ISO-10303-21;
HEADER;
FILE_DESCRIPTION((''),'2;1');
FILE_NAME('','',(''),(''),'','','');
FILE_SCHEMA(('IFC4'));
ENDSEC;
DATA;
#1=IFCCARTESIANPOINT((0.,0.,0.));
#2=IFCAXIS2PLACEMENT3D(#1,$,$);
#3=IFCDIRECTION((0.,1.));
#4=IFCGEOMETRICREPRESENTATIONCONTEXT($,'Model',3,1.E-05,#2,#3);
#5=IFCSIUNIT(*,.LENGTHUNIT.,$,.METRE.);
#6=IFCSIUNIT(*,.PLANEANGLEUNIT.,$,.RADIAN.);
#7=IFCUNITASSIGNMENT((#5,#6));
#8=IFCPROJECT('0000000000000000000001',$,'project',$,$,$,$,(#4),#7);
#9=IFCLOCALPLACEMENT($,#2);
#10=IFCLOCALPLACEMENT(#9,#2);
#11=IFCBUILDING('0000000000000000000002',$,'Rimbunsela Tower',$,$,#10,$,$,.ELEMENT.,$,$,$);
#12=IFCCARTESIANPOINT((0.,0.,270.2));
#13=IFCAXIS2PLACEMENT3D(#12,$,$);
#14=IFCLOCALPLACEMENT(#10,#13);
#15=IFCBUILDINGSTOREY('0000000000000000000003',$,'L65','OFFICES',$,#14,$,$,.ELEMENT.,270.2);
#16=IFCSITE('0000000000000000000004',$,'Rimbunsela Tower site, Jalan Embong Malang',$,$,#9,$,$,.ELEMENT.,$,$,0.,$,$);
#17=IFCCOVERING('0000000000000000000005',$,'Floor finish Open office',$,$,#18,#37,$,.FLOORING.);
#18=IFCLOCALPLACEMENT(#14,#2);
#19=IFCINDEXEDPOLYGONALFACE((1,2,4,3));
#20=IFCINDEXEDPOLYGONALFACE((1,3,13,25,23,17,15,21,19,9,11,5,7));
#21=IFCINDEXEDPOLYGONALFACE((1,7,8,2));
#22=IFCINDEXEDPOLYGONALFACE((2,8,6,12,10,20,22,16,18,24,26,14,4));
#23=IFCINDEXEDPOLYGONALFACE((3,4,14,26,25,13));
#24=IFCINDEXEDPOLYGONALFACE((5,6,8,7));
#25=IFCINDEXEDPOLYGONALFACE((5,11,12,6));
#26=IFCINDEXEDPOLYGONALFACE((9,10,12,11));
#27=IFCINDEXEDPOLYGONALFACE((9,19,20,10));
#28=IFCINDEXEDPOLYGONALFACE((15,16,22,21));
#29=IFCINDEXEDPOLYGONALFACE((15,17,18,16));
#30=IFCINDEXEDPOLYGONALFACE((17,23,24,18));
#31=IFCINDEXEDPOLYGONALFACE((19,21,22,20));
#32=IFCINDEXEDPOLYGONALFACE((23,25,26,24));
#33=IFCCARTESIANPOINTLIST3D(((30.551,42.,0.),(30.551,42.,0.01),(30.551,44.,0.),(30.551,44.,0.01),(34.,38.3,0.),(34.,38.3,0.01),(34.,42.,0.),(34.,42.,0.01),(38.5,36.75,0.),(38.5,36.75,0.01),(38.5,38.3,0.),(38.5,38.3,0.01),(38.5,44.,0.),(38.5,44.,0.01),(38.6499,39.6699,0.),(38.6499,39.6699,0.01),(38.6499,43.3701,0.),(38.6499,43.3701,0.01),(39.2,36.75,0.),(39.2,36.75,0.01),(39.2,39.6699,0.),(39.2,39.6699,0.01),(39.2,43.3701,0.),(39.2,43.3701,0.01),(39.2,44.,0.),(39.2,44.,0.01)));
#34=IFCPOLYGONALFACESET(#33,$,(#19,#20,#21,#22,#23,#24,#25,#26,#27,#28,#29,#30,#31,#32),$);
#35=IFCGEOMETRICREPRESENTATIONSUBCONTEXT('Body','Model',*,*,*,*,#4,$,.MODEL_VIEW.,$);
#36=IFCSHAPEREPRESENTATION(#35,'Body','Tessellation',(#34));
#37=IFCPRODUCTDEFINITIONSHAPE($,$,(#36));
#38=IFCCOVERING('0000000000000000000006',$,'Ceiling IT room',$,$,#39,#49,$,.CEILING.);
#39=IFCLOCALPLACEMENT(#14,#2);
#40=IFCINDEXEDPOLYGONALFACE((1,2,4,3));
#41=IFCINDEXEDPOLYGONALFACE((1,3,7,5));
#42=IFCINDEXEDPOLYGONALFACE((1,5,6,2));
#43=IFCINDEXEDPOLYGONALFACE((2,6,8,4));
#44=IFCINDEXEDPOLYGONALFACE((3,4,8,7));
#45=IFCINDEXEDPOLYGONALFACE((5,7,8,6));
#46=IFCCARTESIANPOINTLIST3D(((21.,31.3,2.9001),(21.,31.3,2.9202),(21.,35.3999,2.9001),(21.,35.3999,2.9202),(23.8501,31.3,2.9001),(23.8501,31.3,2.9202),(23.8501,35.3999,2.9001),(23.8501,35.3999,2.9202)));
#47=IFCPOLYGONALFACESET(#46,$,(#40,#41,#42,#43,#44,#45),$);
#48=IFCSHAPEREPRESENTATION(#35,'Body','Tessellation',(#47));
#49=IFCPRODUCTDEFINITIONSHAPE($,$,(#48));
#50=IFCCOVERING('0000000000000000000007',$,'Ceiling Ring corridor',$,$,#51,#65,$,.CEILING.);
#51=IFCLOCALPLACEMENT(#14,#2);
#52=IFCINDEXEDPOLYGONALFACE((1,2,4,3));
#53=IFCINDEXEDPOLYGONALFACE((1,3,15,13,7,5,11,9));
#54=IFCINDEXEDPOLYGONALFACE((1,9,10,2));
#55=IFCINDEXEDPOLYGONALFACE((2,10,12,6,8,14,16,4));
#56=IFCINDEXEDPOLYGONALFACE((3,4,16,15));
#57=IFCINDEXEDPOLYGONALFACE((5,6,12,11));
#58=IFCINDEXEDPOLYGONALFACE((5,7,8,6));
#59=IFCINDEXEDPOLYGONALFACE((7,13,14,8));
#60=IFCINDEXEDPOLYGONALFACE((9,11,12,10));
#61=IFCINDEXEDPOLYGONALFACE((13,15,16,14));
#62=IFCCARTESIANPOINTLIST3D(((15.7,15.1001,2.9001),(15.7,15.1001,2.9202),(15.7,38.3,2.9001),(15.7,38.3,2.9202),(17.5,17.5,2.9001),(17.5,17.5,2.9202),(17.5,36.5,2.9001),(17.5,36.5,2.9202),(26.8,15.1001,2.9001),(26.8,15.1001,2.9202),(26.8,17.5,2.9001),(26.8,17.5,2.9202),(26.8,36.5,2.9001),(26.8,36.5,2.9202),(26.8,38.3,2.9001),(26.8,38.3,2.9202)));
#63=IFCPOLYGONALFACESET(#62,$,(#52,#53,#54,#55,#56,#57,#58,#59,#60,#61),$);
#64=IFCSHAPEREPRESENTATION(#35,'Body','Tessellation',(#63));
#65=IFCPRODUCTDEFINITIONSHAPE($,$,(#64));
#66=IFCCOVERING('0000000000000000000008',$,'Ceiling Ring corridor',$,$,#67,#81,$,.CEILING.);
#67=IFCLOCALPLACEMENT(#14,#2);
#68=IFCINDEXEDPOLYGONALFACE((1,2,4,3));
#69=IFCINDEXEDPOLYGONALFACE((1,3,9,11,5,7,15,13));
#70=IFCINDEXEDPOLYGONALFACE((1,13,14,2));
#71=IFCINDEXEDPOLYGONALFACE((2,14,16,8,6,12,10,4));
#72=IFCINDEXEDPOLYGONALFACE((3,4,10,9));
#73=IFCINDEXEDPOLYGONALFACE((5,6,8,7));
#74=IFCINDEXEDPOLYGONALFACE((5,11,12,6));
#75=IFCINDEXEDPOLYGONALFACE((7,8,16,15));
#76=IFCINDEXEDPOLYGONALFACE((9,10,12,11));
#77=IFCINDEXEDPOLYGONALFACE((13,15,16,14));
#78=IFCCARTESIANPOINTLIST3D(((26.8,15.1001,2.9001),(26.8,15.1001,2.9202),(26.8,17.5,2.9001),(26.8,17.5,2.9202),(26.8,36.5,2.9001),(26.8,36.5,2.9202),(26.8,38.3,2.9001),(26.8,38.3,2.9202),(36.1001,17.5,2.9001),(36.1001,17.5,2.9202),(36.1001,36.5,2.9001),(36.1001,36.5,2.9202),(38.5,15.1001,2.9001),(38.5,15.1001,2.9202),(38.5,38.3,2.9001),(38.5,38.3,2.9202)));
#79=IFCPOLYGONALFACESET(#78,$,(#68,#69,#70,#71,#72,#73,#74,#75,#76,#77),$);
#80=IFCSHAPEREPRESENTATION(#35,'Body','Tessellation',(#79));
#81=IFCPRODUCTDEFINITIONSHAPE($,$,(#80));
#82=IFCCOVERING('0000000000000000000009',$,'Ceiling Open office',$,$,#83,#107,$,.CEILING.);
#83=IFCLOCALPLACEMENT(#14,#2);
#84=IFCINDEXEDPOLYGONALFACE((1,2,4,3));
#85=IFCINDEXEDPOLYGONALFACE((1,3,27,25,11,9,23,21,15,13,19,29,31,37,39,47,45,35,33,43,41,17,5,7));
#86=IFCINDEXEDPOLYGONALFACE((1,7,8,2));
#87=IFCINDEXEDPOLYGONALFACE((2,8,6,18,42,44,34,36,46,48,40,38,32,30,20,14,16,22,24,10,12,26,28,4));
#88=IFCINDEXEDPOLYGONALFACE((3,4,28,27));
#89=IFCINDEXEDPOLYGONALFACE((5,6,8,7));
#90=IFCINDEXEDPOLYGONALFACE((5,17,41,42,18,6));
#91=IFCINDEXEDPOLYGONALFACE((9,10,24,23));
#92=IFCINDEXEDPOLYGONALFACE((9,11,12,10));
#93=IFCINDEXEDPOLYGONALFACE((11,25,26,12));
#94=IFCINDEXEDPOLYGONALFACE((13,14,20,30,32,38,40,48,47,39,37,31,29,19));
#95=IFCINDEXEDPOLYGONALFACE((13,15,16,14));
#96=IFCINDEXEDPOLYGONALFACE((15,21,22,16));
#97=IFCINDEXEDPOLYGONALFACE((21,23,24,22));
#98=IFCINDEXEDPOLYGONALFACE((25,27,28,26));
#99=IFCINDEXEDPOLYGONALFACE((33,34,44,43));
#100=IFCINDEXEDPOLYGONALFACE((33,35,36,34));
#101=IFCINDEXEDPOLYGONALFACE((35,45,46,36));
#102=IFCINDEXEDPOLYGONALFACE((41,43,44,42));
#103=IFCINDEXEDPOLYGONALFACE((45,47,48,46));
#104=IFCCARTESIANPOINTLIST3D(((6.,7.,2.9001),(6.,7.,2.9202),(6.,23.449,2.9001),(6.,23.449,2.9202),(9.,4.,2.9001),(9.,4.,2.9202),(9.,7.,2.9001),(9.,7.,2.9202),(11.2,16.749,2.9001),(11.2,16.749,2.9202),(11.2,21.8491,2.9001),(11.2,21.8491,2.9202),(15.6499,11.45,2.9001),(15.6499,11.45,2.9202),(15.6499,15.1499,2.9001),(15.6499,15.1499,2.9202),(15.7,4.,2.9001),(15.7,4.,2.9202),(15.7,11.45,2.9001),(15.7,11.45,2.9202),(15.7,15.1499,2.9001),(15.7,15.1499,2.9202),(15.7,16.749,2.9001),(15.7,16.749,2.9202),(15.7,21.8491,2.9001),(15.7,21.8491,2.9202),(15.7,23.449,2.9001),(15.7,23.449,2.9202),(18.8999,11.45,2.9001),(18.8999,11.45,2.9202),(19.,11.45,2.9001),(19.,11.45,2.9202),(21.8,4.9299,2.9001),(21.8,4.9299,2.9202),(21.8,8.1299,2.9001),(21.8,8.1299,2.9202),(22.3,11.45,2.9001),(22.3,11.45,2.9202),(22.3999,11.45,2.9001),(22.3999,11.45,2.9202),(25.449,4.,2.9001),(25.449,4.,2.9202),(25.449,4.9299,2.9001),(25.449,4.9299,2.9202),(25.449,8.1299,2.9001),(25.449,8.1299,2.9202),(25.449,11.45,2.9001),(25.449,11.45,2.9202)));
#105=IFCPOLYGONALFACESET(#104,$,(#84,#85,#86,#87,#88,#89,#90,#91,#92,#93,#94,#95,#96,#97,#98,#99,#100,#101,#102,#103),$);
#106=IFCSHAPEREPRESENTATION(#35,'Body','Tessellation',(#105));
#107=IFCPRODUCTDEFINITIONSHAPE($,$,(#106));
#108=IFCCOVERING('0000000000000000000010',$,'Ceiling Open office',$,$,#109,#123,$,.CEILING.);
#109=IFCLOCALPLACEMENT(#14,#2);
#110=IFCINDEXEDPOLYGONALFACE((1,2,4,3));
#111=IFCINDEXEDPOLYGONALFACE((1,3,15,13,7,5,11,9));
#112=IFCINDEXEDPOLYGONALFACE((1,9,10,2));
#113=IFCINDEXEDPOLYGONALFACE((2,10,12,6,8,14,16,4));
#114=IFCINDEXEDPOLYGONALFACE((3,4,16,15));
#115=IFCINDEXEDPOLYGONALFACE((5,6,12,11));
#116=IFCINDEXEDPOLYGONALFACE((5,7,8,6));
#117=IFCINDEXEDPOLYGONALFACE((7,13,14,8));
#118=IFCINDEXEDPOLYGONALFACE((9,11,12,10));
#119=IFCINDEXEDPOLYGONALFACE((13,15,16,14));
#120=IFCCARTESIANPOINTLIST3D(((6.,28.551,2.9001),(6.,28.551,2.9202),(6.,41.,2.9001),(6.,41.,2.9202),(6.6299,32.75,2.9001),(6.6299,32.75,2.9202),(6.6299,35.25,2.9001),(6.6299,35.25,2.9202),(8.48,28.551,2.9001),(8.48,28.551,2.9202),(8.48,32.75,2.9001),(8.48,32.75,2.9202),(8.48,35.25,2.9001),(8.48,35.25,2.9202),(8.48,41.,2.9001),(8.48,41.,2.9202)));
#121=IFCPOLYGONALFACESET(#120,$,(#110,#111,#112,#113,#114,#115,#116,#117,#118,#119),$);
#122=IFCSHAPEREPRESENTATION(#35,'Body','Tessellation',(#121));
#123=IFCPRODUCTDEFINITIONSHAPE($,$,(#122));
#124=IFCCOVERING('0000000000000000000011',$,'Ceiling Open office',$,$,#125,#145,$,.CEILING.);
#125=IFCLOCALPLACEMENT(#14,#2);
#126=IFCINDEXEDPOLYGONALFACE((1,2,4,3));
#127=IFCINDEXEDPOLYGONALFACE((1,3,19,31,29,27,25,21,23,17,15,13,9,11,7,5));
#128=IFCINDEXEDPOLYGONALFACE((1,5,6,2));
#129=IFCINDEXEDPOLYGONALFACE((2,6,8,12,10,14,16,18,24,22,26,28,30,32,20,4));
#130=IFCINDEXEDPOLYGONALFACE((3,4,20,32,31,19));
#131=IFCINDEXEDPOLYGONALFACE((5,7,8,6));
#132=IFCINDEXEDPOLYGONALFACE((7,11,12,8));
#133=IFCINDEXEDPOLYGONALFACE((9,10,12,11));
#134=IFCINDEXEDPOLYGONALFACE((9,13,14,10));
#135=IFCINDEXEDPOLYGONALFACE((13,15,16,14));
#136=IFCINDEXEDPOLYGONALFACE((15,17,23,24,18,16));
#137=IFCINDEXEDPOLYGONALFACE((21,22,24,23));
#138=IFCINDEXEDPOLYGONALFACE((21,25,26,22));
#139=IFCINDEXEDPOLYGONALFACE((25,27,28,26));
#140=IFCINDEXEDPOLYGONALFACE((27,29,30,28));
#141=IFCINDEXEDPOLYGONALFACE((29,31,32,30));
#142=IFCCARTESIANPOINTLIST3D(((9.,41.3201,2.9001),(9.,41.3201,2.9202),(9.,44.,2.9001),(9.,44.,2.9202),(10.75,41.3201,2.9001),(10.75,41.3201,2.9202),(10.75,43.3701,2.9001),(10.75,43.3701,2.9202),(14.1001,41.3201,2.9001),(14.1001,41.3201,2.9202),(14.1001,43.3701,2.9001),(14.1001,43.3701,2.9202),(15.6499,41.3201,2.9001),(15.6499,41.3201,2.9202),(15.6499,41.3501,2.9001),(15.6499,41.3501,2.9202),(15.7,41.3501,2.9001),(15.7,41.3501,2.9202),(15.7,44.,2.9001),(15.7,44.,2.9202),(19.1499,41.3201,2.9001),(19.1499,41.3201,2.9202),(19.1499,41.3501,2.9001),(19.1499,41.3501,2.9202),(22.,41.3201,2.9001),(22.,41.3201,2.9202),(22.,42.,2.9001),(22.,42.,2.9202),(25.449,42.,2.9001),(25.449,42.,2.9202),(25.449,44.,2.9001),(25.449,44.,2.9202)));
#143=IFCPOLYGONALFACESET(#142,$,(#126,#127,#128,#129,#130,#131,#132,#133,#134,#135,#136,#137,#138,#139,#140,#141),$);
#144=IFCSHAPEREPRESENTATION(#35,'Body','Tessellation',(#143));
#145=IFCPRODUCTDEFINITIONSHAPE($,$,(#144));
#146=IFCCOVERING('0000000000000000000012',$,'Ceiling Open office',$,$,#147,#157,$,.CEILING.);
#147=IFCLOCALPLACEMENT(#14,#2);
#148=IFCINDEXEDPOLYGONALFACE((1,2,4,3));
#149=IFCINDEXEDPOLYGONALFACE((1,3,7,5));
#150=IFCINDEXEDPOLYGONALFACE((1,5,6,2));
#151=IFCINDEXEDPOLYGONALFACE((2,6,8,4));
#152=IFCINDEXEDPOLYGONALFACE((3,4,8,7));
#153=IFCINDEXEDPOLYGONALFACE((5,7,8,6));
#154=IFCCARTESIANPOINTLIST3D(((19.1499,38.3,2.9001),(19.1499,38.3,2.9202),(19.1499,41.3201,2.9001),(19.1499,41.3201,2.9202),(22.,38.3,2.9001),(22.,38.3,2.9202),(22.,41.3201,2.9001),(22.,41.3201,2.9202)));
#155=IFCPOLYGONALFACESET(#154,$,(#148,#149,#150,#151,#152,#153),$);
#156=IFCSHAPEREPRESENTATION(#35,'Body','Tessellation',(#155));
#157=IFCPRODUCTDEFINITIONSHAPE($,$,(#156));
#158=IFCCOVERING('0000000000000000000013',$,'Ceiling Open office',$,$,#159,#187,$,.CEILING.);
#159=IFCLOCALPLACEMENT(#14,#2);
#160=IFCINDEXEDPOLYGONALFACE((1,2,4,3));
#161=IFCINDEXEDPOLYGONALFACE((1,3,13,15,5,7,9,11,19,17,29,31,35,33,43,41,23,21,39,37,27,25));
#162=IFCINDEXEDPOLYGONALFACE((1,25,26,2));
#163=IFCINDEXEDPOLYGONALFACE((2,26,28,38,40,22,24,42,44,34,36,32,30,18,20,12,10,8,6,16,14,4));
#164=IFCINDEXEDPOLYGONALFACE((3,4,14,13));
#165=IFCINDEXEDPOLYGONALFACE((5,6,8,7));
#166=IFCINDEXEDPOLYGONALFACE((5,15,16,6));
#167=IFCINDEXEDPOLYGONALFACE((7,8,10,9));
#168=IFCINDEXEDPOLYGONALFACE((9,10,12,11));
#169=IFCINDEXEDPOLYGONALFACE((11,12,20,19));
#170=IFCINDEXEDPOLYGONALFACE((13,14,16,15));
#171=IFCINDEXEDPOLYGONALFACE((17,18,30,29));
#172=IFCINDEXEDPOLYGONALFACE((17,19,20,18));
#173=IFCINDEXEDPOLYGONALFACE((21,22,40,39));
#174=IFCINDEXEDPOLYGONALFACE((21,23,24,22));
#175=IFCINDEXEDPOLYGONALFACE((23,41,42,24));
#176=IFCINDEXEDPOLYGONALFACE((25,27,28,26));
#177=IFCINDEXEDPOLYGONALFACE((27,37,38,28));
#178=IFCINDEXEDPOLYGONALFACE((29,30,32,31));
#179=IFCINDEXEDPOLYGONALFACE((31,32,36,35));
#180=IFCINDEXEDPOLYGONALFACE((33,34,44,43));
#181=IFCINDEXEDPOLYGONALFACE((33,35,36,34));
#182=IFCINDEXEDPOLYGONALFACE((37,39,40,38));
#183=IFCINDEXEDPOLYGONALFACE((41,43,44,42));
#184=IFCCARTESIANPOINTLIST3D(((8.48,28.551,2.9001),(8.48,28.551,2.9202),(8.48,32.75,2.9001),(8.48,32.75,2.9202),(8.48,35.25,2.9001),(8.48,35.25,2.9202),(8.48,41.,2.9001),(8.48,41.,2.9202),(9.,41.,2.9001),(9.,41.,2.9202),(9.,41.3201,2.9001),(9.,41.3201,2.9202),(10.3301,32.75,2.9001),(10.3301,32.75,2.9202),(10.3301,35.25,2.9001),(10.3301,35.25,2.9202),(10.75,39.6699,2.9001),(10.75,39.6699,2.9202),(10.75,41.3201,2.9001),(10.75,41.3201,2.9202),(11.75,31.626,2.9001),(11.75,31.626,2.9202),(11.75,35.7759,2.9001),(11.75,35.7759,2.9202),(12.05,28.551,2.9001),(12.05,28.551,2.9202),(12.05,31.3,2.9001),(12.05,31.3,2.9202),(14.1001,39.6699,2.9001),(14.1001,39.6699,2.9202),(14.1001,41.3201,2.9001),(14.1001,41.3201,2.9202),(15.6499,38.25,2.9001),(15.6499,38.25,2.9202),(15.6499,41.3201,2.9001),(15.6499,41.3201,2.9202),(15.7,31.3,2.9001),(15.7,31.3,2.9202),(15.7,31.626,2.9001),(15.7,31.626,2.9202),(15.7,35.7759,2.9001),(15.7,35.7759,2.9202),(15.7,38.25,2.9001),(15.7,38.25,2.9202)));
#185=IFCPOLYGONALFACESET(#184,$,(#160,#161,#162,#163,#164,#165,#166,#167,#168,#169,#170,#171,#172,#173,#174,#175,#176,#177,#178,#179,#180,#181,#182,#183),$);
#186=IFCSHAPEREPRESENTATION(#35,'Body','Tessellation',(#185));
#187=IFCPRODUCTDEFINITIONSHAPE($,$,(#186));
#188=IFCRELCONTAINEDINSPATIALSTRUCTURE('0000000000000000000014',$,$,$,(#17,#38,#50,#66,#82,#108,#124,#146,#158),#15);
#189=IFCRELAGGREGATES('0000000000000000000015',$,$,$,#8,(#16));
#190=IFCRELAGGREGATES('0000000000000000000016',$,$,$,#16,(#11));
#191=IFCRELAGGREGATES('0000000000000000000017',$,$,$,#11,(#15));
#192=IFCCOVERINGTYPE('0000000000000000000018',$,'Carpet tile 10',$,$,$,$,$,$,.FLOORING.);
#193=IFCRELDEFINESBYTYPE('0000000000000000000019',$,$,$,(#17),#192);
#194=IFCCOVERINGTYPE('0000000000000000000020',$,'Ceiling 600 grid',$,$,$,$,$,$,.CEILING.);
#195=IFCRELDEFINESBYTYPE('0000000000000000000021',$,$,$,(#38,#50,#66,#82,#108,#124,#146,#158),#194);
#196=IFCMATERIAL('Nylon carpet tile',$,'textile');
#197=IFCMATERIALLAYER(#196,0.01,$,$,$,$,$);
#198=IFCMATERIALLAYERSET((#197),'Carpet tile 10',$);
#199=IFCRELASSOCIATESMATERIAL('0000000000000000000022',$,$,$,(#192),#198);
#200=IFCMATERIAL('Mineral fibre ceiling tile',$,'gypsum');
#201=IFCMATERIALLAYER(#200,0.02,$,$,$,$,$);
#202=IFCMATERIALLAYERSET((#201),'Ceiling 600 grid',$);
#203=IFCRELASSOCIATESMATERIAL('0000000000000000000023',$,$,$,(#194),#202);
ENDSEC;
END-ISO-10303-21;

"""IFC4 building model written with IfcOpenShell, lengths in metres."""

from ifc_helpers import new_model, si_unit, direction, frame, origin, place, context, subcontext, project, spatial, polyline, outline, extrude, material, layer, layer_set, type_object, element, save


model = new_model("IFC4")

# Units and contexts
model_context = context("Model", 3, precision=1e-05, world=origin(), true_north=direction((0.0, 1.0)))
body_context = subcontext(model_context, "Body", "Model", "MODEL_VIEW")
ifc_project = project(units=[si_unit("LENGTHUNIT", "METRE"), si_unit("PLANEANGLEUNIT", "RADIAN")], contexts=[model_context])

# Site, building, storey
site_placement = place(None, origin())
site = spatial("IfcSite", under=ifc_project, at=site_placement, Name="Rimbunsela Tower site, Jalan Embong Malang", CompositionType="ELEMENT", RefElevation=0.0)
building_placement = place(site_placement, origin())
building = spatial("IfcBuilding", under=site, at=building_placement, Name="Rimbunsela Tower", CompositionType="ELEMENT")
storey_placement = place(building_placement, frame((0.0, 0.0, 270.2)))
storey = spatial("IfcBuildingStorey", under=building, at=storey_placement, Name="L65", Description="OFFICES", CompositionType="ELEMENT", Elevation=270.2)

# Coverings
ifc_material_1 = material(Name="Nylon carpet tile", Category="textile")
ifc_layer_1 = layer(ifc_material_1, 0.01)
ifc_layer_set_1 = layer_set([ifc_layer_1], Name="Carpet tile 10")
covering_type_1 = type_object("IfcCoveringType", Name="Carpet tile 10", PredefinedType="FLOORING", material=ifc_layer_set_1)
covering_1_placement = place(storey_placement, origin())
element("IfcCovering", 1, at=covering_1_placement, inside=storey, type_object=covering_type_1, Name="Floor finish Open office", PredefinedType="FLOORING", context=body_context, shape_type="SweptSolid", body=[
    extrude(outline(polyline([(38.5, 36.75), (38.5, 38.3), (34.0, 38.3), (34.0, 42.0), (30.551, 42.0), (30.551, 44.0), (38.5, 44.0), (39.2, 44.0), (39.2, 43.3701), (38.6499, 43.3701), (38.6499, 39.6699), (39.2, 39.6699), (39.2, 36.75), (38.5, 36.75)])), origin(), (0.0, 0.0, 1.0), 0.01),
])
ifc_material_2 = material(Name="Mineral fibre ceiling tile", Category="gypsum")
ifc_layer_2 = layer(ifc_material_2, 0.02)
ifc_layer_set_2 = layer_set([ifc_layer_2], Name="Ceiling 600 grid")
covering_type_2 = type_object("IfcCoveringType", Name="Ceiling 600 grid", PredefinedType="CEILING", material=ifc_layer_set_2)
covering_2_placement = place(storey_placement, frame((0.0, 0.0, 2.9001)))
element("IfcCovering", 2, at=covering_2_placement, inside=storey, type_object=covering_type_2, Name="Ceiling IT room", PredefinedType="CEILING", context=body_context, shape_type="SweptSolid", body=[
    extrude(outline(polyline([(23.8501, 31.3), (23.8501, 35.3999), (21.0, 35.3999), (21.0, 31.3), (23.8501, 31.3)])), origin(), (0.0, 0.0, 1.0), 0.02),
])
covering_3_placement = place(storey_placement, frame((0.0, 0.0, 2.9001)))
element("IfcCovering", 3, at=covering_3_placement, inside=storey, type_object=covering_type_2, Name="Ceiling Ring corridor", PredefinedType="CEILING", context=body_context, shape_type="SweptSolid", body=[
    extrude(outline(polyline([(15.7, 38.3), (26.8, 38.3), (26.8, 36.5), (17.5, 36.5), (17.5, 17.5), (26.8, 17.5), (26.8, 15.1001), (15.7, 15.1001), (15.7, 38.3)])), origin(), (0.0, 0.0, 1.0), 0.02),
])
covering_4_placement = place(storey_placement, frame((0.0, 0.0, 2.9001)))
element("IfcCovering", 4, at=covering_4_placement, inside=storey, type_object=covering_type_2, Name="Ceiling Ring corridor", PredefinedType="CEILING", context=body_context, shape_type="SweptSolid", body=[
    extrude(outline(polyline([(38.5, 38.3), (38.5, 15.1001), (26.8, 15.1001), (26.8, 17.5), (36.1001, 17.5), (36.1001, 36.5), (26.8, 36.5), (26.8, 38.3), (38.5, 38.3)])), origin(), (0.0, 0.0, 1.0), 0.02),
])
covering_5_placement = place(storey_placement, frame((0.0, 0.0, 2.9001)))
element("IfcCovering", 5, at=covering_5_placement, inside=storey, type_object=covering_type_2, Name="Ceiling Open office", PredefinedType="CEILING", context=body_context, shape_type="SweptSolid", body=[
    extrude(outline(polyline([(25.449, 4.9299), (25.449, 4.0), (15.7, 4.0), (9.0, 4.0), (9.0, 7.0), (6.0, 7.0), (6.0, 23.449), (15.7, 23.449), (15.7, 21.8491), (11.2, 21.8491), (11.2, 16.749), (15.7, 16.749), (15.7, 15.1499), (15.6499, 15.1499), (15.6499, 11.45), (15.7, 11.45), (18.8999, 11.45), (19.0, 11.45), (22.3, 11.45), (22.3999, 11.45), (25.449, 11.45), (25.449, 8.1299), (21.8, 8.1299), (21.8, 4.9299), (25.449, 4.9299)])), origin(), (0.0, 0.0, 1.0), 0.02),
])
covering_6_placement = place(storey_placement, frame((0.0, 0.0, 2.9001)))
element("IfcCovering", 6, at=covering_6_placement, inside=storey, type_object=covering_type_2, Name="Ceiling Open office", PredefinedType="CEILING", context=body_context, shape_type="SweptSolid", body=[
    extrude(outline(polyline([(8.48, 28.551), (6.0, 28.551), (6.0, 41.0), (8.48, 41.0), (8.48, 35.25), (6.6299, 35.25), (6.6299, 32.75), (8.48, 32.75), (8.48, 28.551)])), origin(), (0.0, 0.0, 1.0), 0.02),
])
covering_7_placement = place(storey_placement, frame((0.0, 0.0, 2.9001)))
element("IfcCovering", 7, at=covering_7_placement, inside=storey, type_object=covering_type_2, Name="Ceiling Open office", PredefinedType="CEILING", context=body_context, shape_type="SweptSolid", body=[
    extrude(outline(polyline([(9.0, 41.3201), (9.0, 44.0), (15.7, 44.0), (25.449, 44.0), (25.449, 42.0), (22.0, 42.0), (22.0, 41.3201), (19.1499, 41.3201), (19.1499, 41.3501), (15.7, 41.3501), (15.6499, 41.3501), (15.6499, 41.3201), (14.1001, 41.3201), (14.1001, 43.3701), (10.75, 43.3701), (10.75, 41.3201), (9.0, 41.3201)])), origin(), (0.0, 0.0, 1.0), 0.02),
])
covering_8_placement = place(storey_placement, frame((0.0, 0.0, 2.9001)))
element("IfcCovering", 8, at=covering_8_placement, inside=storey, type_object=covering_type_2, Name="Ceiling Open office", PredefinedType="CEILING", context=body_context, shape_type="SweptSolid", body=[
    extrude(outline(polyline([(22.0, 41.3201), (22.0, 38.3), (19.1499, 38.3), (19.1499, 41.3201), (22.0, 41.3201)])), origin(), (0.0, 0.0, 1.0), 0.02),
])
covering_9_placement = place(storey_placement, frame((0.0, 0.0, 2.9001)))
element("IfcCovering", 9, at=covering_9_placement, inside=storey, type_object=covering_type_2, Name="Ceiling Open office", PredefinedType="CEILING", context=body_context, shape_type="SweptSolid", body=[
    extrude(outline(polyline([(15.6499, 38.25), (15.7, 38.25), (15.7, 35.7759), (11.75, 35.7759), (11.75, 31.626), (15.7, 31.626), (15.7, 31.3), (12.05, 31.3), (12.05, 28.551), (8.48, 28.551), (8.48, 32.75), (10.3301, 32.75), (10.3301, 35.25), (8.48, 35.25), (8.48, 41.0), (9.0, 41.0), (9.0, 41.3201), (10.75, 41.3201), (10.75, 39.6699), (14.1001, 39.6699), (14.1001, 41.3201), (15.6499, 41.3201), (15.6499, 38.25)])), origin(), (0.0, 0.0, 1.0), 0.02),
])

save(model, "model.ifc")
